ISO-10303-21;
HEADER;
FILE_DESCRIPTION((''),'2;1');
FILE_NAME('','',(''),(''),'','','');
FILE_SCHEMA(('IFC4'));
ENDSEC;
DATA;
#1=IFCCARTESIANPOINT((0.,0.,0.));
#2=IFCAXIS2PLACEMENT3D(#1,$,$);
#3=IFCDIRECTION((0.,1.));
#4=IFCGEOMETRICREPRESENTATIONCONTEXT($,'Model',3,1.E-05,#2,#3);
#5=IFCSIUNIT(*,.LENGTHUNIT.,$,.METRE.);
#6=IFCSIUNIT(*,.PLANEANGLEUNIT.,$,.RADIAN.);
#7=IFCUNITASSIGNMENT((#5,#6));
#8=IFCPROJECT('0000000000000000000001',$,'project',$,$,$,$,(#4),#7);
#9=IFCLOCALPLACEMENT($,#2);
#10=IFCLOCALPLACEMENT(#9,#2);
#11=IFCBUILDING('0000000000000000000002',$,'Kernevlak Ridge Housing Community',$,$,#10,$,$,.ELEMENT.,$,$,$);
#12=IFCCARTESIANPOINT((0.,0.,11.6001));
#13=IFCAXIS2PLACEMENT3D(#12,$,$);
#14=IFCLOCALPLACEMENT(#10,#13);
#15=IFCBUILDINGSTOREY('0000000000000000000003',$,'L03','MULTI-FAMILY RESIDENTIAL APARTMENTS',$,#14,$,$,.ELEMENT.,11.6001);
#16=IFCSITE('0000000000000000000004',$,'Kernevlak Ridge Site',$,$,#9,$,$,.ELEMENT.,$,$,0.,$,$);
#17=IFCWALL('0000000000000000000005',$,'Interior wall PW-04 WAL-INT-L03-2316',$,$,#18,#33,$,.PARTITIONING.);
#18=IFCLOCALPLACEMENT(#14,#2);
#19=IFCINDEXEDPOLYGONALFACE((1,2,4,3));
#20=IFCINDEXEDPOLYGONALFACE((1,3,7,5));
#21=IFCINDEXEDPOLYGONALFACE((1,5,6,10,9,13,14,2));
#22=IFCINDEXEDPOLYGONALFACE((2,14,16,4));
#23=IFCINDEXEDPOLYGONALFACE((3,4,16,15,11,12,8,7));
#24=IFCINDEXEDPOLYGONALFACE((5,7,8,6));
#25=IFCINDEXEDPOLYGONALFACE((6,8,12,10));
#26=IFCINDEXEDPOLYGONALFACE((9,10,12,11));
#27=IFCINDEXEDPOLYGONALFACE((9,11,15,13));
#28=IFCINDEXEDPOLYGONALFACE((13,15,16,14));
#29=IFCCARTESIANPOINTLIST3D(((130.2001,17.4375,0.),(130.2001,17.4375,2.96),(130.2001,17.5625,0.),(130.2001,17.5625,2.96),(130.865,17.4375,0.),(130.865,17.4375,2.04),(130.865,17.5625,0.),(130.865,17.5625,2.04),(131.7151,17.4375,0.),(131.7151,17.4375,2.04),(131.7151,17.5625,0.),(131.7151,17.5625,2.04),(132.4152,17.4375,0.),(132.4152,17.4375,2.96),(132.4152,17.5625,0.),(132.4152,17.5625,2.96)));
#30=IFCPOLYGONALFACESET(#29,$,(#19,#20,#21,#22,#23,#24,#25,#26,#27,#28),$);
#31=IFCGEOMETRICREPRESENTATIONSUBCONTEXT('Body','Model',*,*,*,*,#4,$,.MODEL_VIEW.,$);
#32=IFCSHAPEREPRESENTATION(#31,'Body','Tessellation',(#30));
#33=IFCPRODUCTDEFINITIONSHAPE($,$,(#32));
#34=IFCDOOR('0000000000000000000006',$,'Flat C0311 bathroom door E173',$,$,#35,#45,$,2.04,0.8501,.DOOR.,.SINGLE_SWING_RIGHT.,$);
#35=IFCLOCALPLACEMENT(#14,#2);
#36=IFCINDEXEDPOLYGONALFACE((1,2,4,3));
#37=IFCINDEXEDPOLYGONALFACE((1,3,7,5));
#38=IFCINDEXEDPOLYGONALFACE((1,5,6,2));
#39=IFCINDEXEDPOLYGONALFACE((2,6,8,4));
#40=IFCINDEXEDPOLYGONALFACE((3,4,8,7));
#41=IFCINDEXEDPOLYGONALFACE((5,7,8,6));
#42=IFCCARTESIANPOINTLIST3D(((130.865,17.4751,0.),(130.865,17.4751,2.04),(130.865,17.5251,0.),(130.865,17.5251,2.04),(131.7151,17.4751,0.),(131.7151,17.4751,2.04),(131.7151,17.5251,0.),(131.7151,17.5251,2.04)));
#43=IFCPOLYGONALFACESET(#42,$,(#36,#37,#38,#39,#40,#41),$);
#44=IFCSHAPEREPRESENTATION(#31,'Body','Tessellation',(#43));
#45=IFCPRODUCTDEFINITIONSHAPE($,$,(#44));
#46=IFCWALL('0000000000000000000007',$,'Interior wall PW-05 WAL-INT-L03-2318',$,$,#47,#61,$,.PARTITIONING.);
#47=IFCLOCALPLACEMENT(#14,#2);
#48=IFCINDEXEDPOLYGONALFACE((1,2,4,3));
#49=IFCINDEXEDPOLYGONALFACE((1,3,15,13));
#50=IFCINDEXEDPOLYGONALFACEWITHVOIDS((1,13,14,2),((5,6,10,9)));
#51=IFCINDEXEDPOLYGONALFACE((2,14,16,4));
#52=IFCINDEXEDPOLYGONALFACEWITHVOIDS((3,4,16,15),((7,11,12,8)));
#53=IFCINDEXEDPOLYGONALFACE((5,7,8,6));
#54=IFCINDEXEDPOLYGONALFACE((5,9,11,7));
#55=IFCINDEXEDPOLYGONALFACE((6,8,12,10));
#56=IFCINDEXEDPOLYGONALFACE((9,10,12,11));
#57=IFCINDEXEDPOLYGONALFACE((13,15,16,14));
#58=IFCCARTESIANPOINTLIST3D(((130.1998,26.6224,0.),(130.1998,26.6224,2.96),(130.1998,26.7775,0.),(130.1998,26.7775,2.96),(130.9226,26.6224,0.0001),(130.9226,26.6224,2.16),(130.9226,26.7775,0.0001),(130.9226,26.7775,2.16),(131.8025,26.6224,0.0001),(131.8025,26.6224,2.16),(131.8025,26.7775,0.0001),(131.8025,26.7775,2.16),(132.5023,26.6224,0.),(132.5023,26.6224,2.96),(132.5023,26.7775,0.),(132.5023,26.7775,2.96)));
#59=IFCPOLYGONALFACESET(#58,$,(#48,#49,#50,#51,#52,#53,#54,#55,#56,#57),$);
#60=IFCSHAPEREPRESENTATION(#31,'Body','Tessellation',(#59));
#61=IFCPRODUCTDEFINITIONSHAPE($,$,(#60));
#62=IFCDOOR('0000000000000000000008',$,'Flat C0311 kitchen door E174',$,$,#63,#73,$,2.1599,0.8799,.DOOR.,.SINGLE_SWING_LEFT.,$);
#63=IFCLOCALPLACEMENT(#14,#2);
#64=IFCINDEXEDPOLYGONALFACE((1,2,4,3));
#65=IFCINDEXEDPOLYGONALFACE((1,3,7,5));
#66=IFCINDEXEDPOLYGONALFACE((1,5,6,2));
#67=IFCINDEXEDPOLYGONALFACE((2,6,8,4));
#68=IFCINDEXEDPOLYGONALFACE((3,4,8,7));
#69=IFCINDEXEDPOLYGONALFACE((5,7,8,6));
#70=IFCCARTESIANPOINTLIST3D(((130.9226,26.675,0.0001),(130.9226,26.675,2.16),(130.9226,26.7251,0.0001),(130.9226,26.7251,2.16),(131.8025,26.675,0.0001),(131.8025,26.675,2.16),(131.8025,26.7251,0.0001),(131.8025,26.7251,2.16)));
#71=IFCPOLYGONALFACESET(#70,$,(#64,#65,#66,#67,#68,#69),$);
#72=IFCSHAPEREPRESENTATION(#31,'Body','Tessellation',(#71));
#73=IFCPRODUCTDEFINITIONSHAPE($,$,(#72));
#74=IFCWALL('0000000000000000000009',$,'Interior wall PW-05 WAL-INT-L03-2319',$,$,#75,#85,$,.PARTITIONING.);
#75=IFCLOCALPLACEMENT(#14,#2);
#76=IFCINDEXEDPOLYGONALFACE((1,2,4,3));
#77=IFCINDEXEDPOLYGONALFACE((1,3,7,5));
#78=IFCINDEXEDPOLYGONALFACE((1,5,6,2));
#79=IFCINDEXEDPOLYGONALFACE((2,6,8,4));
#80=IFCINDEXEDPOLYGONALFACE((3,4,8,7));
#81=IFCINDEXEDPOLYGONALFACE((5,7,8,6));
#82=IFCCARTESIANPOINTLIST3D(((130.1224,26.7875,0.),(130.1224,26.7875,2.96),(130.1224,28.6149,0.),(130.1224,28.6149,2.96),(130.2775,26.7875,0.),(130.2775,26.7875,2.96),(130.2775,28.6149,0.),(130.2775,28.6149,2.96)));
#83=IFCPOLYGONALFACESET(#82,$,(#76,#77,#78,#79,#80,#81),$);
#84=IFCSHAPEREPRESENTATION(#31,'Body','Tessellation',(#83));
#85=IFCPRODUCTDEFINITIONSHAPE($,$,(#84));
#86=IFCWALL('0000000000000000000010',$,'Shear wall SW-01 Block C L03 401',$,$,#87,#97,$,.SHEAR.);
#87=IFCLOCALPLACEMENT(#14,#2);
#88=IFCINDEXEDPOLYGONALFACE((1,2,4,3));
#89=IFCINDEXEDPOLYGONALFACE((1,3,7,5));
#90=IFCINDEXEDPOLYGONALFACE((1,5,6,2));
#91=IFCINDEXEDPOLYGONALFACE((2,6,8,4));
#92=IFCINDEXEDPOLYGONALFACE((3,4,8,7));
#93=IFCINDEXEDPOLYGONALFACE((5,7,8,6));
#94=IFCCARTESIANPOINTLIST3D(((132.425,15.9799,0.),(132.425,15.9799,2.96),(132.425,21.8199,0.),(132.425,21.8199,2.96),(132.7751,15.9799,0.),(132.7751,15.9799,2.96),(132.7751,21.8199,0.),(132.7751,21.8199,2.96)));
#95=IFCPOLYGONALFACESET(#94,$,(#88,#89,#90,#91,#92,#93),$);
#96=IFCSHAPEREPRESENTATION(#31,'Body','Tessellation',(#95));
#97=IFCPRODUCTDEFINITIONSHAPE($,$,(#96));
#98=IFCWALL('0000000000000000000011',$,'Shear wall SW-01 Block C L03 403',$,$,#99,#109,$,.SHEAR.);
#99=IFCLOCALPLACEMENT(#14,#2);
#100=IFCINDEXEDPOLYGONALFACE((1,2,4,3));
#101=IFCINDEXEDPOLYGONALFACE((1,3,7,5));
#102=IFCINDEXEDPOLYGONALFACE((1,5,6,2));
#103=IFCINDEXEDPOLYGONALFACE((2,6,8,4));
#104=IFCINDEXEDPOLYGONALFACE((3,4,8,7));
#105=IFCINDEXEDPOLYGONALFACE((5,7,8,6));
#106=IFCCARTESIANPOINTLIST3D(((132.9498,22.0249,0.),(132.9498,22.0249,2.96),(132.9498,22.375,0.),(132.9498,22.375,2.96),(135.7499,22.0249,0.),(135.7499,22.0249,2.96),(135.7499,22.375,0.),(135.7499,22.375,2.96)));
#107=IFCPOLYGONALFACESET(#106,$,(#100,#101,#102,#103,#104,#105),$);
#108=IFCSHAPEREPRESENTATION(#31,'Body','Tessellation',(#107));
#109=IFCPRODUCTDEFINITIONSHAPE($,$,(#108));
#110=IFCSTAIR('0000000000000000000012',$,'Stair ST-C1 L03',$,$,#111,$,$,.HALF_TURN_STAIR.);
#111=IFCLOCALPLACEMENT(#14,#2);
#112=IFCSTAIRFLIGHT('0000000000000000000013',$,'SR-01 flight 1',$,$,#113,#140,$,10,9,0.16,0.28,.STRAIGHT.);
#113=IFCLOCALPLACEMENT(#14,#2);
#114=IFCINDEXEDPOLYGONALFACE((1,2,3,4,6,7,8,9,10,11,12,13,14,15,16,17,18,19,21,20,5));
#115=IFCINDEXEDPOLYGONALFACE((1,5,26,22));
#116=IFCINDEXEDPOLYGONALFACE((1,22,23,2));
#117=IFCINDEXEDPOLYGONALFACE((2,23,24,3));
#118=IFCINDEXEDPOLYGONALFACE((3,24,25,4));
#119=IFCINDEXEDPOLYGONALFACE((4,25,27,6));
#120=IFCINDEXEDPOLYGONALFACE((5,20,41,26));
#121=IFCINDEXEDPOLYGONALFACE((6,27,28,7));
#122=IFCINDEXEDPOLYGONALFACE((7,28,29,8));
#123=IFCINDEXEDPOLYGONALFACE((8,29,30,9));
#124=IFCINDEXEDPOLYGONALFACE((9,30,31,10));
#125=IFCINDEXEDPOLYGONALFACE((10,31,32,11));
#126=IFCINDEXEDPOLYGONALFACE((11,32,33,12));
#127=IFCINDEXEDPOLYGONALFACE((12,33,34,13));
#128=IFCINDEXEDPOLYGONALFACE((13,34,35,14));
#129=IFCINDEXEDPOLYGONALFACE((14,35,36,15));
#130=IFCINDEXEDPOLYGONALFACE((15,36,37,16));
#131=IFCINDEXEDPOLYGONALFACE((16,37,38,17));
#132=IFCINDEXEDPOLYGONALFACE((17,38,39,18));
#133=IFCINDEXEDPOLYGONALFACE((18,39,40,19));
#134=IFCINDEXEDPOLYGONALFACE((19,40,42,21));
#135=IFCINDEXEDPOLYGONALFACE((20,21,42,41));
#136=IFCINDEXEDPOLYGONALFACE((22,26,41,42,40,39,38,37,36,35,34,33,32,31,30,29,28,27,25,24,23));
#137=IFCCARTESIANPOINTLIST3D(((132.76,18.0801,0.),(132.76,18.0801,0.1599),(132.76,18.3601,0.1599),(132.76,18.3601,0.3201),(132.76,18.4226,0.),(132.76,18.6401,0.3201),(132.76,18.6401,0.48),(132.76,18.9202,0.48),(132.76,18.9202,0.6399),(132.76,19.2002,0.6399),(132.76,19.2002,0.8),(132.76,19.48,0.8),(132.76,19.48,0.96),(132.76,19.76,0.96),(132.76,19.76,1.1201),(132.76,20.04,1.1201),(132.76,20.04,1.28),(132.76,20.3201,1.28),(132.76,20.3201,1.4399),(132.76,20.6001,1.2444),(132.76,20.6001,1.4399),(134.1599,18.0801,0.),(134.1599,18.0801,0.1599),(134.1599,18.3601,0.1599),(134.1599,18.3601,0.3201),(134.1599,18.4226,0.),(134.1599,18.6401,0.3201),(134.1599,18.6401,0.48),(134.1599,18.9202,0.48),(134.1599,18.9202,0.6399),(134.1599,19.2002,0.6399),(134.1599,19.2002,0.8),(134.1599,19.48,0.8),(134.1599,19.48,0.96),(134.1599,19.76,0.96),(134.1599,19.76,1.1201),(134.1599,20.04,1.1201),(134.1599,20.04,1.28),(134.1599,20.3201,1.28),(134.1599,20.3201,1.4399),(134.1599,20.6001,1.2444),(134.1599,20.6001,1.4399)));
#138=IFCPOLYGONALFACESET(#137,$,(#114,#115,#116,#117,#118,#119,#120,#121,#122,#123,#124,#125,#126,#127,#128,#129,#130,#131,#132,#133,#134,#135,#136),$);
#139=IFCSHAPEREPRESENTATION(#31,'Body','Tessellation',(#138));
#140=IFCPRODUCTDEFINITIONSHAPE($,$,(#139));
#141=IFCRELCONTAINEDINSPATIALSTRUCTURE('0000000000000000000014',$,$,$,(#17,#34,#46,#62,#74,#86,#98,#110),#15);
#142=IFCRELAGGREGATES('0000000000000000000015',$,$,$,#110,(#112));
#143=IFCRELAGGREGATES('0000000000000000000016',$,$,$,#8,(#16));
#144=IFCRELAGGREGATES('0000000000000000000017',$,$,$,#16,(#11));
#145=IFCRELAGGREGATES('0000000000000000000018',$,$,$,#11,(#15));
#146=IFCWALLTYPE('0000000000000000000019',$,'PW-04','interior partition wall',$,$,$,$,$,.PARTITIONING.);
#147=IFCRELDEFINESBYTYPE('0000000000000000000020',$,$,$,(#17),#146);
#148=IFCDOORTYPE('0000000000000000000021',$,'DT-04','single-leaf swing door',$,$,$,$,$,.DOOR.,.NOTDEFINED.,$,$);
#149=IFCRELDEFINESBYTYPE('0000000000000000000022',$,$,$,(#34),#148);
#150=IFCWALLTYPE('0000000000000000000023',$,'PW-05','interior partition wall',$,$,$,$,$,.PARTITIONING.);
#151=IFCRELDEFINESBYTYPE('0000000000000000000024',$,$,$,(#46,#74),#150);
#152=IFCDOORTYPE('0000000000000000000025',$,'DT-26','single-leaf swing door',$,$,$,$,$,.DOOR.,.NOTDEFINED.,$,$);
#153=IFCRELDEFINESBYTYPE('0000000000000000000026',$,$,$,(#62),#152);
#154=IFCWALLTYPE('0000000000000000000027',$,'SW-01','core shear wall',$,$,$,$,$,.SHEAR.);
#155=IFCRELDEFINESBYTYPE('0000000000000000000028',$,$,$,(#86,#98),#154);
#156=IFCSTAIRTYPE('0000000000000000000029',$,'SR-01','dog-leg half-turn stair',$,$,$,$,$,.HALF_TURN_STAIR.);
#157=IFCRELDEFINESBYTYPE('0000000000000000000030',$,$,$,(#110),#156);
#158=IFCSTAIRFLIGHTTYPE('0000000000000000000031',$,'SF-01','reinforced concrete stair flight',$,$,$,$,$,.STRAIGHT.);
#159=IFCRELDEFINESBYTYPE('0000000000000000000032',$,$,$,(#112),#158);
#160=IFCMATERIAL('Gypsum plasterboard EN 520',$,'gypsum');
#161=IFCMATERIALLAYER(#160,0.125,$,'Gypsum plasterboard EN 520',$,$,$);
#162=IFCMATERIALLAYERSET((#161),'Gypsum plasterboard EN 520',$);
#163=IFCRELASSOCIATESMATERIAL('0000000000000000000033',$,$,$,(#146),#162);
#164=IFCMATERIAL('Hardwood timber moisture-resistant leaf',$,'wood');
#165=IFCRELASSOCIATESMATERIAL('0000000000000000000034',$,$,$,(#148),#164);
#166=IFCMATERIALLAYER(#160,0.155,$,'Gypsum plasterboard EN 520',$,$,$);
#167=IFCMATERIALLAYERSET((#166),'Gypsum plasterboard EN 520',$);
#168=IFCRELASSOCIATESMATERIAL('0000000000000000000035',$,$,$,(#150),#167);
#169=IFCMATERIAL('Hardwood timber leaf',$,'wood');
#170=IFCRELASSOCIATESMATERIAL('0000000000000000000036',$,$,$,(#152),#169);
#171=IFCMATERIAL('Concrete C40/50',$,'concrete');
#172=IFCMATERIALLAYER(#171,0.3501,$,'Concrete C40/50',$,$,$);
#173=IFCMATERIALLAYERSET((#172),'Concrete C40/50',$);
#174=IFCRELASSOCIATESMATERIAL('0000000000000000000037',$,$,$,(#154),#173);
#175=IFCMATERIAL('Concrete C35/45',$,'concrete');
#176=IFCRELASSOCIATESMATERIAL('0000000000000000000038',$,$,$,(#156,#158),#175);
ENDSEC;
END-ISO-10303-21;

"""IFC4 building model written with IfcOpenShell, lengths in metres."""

from ifc_helpers import new_model, si_unit, direction, frame, frame_2d, origin, place, context, subcontext, project, spatial, polyline, rectangle, outline, extrude, material, layer, layer_set, type_object, element, fill, aggregate, save


model = new_model("IFC4")

# Units and contexts
model_context = context("Model", 3, precision=1e-05, world=origin(), true_north=direction((0.0, 1.0)))
body_context = subcontext(model_context, "Body", "Model", "MODEL_VIEW")
ifc_project = project(units=[si_unit("LENGTHUNIT", "METRE"), si_unit("PLANEANGLEUNIT", "RADIAN")], contexts=[model_context])

# Site, building, storey
site_placement = place(None, origin())
site = spatial("IfcSite", under=ifc_project, at=site_placement, Name="Kernevlak Ridge Site", CompositionType="ELEMENT", RefElevation=0.0)
building_placement = place(site_placement, origin())
building = spatial("IfcBuilding", under=site, at=building_placement, Name="Kernevlak Ridge Housing Community", CompositionType="ELEMENT")
storey_placement = place(building_placement, frame((0.0, 0.0, 11.6001)))
storey = spatial("IfcBuildingStorey", under=building, at=storey_placement, Name="L03", Description="MULTI-FAMILY RESIDENTIAL APARTMENTS", CompositionType="ELEMENT", Elevation=11.6001)

# Shared definitions
ifc_material_1 = material(Name="Concrete C40/50", Category="concrete")

# Shared definitions
ifc_material_2 = material(Name="Concrete C35/45", Category="concrete")

# Walls, openings, doors
ifc_material_3 = material(Name="Hardwood timber leaf", Category="wood")
ifc_material_4 = material(Name="Gypsum plasterboard EN 520", Category="gypsum")
ifc_layer_1 = layer(ifc_material_4, 0.125, Name="Gypsum plasterboard EN 520")
ifc_layer_set_1 = layer_set([ifc_layer_1], Name="Gypsum plasterboard EN 520")
wall_type_1 = type_object("IfcWallType", Name="PW-04", Description="interior partition wall", PredefinedType="PARTITIONING", material=ifc_layer_set_1)
wall_1_placement = place(storey_placement, frame((132.415, 17.5, 0.0), z_axis=(0.0, 0.0, 1.0), x_axis=(-1.0, 0.0, 0.0)))
wall_1 = element("IfcWall", 1, at=wall_1_placement, inside=storey, type_object=wall_type_1, Name="Interior wall PW-04 WAL-INT-L03-2316", PredefinedType="PARTITIONING", context=body_context, shape_type="SweptSolid", body=[
    extrude(rectangle(XDim=2.2151, YDim=0.125, at=frame_2d((1.1074, 0.0))), origin(), (0.0, 0.0, 1.0), 2.96),
])
opening_1_placement = place(wall_1_placement, frame((0.7, 0.0, 0.0)))
opening_1 = element("IfcOpeningElement", 2, at=opening_1_placement, cuts=wall_1, PredefinedType="OPENING", context=body_context, shape_type="SweptSolid", body=[
    extrude(rectangle(XDim=0.8501, YDim=2.04, at=frame_2d((0.425, 1.02))), frame((0.0, 0.0725, 0.0), z_axis=(0.0, -1.0, 0.0), x_axis=(1.0, 0.0, 0.0)), (0.0, 0.0, 1.0), 0.145),
])
ifc_material_5 = material(Name="Hardwood timber moisture-resistant leaf", Category="wood")
door_type_1 = type_object("IfcDoorType", Name="DT-04", Description="single-leaf swing door", OperationType="NOTDEFINED", PredefinedType="DOOR", material=ifc_material_5)
door_1_placement = place(opening_1_placement, origin())
door_1 = element("IfcDoor", 3, at=door_1_placement, inside=storey, type_object=door_type_1, Name="Flat C0311 bathroom door E173", OperationType="SINGLE_SWING_RIGHT", OverallHeight=2.04, OverallWidth=0.8501, PredefinedType="DOOR", context=body_context, shape_type="SweptSolid", body=[
    extrude(rectangle(XDim=0.8501, YDim=2.04, at=frame_2d((0.425, 1.02))), frame((0.0, 0.0249, 0.0), z_axis=(0.0, -1.0, 0.0), x_axis=(1.0, 0.0, 0.0)), (0.0, 0.0, 1.0), 0.05),
])
fill(opening_1, door_1)
ifc_layer_2 = layer(ifc_material_4, 0.155, Name="Gypsum plasterboard EN 520")
ifc_layer_set_2 = layer_set([ifc_layer_2], Name="Gypsum plasterboard EN 520")
wall_type_2 = type_object("IfcWallType", Name="PW-05", Description="interior partition wall", PredefinedType="PARTITIONING", material=ifc_layer_set_2)
wall_2_placement = place(storey_placement, frame((132.5024, 26.7, 0.0), z_axis=(0.0, 0.0, 1.0), x_axis=(-1.0, 0.0, 0.0)))
wall_2 = element("IfcWall", 4, at=wall_2_placement, inside=storey, type_object=wall_type_2, Name="Interior wall PW-05 WAL-INT-L03-2318", PredefinedType="PARTITIONING", context=body_context, shape_type="SweptSolid", body=[
    extrude(rectangle(XDim=2.3025, YDim=0.155, at=frame_2d((1.1514, 0.0))), origin(), (0.0, 0.0, 1.0), 2.96),
])
opening_2_placement = place(wall_2_placement, frame((0.7, 0.0, 0.0)))
opening_2 = element("IfcOpeningElement", 5, at=opening_2_placement, cuts=wall_2, PredefinedType="OPENING", context=body_context, shape_type="SweptSolid", body=[
    extrude(rectangle(XDim=0.8799, YDim=2.1599, at=frame_2d((0.4399, 1.0801))), frame((0.0, 0.0874, 0.0), z_axis=(0.0, -1.0, 0.0), x_axis=(1.0, 0.0, 0.0)), (0.0, 0.0, 1.0), 0.175),
])
door_type_2 = type_object("IfcDoorType", Name="DT-26", Description="single-leaf swing door", OperationType="NOTDEFINED", PredefinedType="DOOR", material=ifc_material_3)
door_2_placement = place(opening_2_placement, origin())
door_2 = element("IfcDoor", 6, at=door_2_placement, inside=storey, type_object=door_type_2, Name="Flat C0311 kitchen door E174", OperationType="SINGLE_SWING_LEFT", OverallHeight=2.1599, OverallWidth=0.8799, PredefinedType="DOOR", context=body_context, shape_type="SweptSolid", body=[
    extrude(rectangle(XDim=0.8799, YDim=2.1599, at=frame_2d((0.4399, 1.0801))), frame((0.0, 0.0249, 0.0), z_axis=(0.0, -1.0, 0.0), x_axis=(1.0, 0.0, 0.0)), (0.0, 0.0, 1.0), 0.05),
])
fill(opening_2, door_2)

# Walls
wall_3_placement = place(storey_placement, frame((130.2, 26.7876, 0.0), z_axis=(0.0, 0.0, 1.0), x_axis=(0.0, 1.0, 0.0)))
element("IfcWall", 7, at=wall_3_placement, inside=storey, type_object=wall_type_2, Name="Interior wall PW-05 WAL-INT-L03-2319", PredefinedType="PARTITIONING", context=body_context, shape_type="SweptSolid", body=[
    extrude(rectangle(XDim=1.8274, YDim=0.155, at=frame_2d((0.9136, 0.0))), origin(), (0.0, 0.0, 1.0), 2.96),
])
ifc_layer_3 = layer(ifc_material_1, 0.3501, Name="Concrete C40/50")
ifc_layer_set_3 = layer_set([ifc_layer_3], Name="Concrete C40/50")
wall_type_3 = type_object("IfcWallType", Name="SW-01", Description="core shear wall", PredefinedType="SHEAR", material=ifc_layer_set_3)
wall_4_placement = place(storey_placement, frame((132.6001, 15.98, 0.0), z_axis=(0.0, 0.0, 1.0), x_axis=(0.0, 1.0, 0.0)))
element("IfcWall", 8, at=wall_4_placement, inside=storey, type_object=wall_type_3, Name="Shear wall SW-01 Block C L03 401", PredefinedType="SHEAR", context=body_context, shape_type="SweptSolid", body=[
    extrude(rectangle(XDim=5.8401, YDim=0.3501, at=frame_2d((2.9199, 0.0))), origin(), (0.0, 0.0, 1.0), 2.96),
])
wall_5_placement = place(storey_placement, frame((132.95, 22.2, 0.0), z_axis=(0.0, 0.0, 1.0), x_axis=(1.0, 0.0, 0.0)))
element("IfcWall", 9, at=wall_5_placement, inside=storey, type_object=wall_type_3, Name="Shear wall SW-01 Block C L03 403", PredefinedType="SHEAR", context=body_context, shape_type="SweptSolid", body=[
    extrude(rectangle(XDim=2.8, YDim=0.3501, at=frame_2d((1.3999, 0.0))), origin(), (0.0, 0.0, 1.0), 2.96),
])

# Stair, stair flight
stair_type = type_object("IfcStairType", Name="SR-01", Description="dog-leg half-turn stair", PredefinedType="HALF_TURN_STAIR", material=ifc_material_2)
stair_placement = place(storey_placement, origin())
stair = element("IfcStair", 10, at=stair_placement, inside=storey, type_object=stair_type, Name="Stair ST-C1 L03", PredefinedType="HALF_TURN_STAIR")
stair_flight_type = type_object("IfcStairFlightType", Name="SF-01", Description="reinforced concrete stair flight", PredefinedType="STRAIGHT", material=ifc_material_2)
stair_flight_placement = place(storey_placement, frame((133.46, 18.0801, 0.0), z_axis=(0.0, 0.0, 1.0), x_axis=(0.0, 1.0, 0.0)))
stair_flight = element("IfcStairFlight", 11, at=stair_flight_placement, type_object=stair_flight_type, Name="SR-01 flight 1", NumberOfRisers=10, NumberOfTreads=9, PredefinedType="STRAIGHT", RiserHeight=0.16, TreadLength=0.28, context=body_context, shape_type="SweptSolid", body=[
    extrude(outline(polyline([(0.0, 0.0), (0.0, 0.1599), (0.28, 0.1599), (0.28, 0.3201), (0.5601, 0.3201), (0.5601, 0.48), (0.8401, 0.48), (0.8401, 0.6399), (1.1201, 0.6399), (1.1201, 0.8), (1.3999, 0.8), (1.3999, 0.96), (1.6799, 0.96), (1.6799, 1.1201), (1.96, 1.1201), (1.96, 1.28), (2.24, 1.28), (2.24, 1.4399), (2.52, 1.4399), (2.52, 1.6001), (2.52, 1.2444), (0.3425, 0.0), (0.0, 0.0)])), frame((0.0, 0.7, 0.0), z_axis=(0.0, -1.0, 0.0), x_axis=(1.0, 0.0, 0.0)), (0.0, 0.0, 1.0), 1.3999),
])
aggregate(stair, [stair_flight])

save(model, "model.ifc")
